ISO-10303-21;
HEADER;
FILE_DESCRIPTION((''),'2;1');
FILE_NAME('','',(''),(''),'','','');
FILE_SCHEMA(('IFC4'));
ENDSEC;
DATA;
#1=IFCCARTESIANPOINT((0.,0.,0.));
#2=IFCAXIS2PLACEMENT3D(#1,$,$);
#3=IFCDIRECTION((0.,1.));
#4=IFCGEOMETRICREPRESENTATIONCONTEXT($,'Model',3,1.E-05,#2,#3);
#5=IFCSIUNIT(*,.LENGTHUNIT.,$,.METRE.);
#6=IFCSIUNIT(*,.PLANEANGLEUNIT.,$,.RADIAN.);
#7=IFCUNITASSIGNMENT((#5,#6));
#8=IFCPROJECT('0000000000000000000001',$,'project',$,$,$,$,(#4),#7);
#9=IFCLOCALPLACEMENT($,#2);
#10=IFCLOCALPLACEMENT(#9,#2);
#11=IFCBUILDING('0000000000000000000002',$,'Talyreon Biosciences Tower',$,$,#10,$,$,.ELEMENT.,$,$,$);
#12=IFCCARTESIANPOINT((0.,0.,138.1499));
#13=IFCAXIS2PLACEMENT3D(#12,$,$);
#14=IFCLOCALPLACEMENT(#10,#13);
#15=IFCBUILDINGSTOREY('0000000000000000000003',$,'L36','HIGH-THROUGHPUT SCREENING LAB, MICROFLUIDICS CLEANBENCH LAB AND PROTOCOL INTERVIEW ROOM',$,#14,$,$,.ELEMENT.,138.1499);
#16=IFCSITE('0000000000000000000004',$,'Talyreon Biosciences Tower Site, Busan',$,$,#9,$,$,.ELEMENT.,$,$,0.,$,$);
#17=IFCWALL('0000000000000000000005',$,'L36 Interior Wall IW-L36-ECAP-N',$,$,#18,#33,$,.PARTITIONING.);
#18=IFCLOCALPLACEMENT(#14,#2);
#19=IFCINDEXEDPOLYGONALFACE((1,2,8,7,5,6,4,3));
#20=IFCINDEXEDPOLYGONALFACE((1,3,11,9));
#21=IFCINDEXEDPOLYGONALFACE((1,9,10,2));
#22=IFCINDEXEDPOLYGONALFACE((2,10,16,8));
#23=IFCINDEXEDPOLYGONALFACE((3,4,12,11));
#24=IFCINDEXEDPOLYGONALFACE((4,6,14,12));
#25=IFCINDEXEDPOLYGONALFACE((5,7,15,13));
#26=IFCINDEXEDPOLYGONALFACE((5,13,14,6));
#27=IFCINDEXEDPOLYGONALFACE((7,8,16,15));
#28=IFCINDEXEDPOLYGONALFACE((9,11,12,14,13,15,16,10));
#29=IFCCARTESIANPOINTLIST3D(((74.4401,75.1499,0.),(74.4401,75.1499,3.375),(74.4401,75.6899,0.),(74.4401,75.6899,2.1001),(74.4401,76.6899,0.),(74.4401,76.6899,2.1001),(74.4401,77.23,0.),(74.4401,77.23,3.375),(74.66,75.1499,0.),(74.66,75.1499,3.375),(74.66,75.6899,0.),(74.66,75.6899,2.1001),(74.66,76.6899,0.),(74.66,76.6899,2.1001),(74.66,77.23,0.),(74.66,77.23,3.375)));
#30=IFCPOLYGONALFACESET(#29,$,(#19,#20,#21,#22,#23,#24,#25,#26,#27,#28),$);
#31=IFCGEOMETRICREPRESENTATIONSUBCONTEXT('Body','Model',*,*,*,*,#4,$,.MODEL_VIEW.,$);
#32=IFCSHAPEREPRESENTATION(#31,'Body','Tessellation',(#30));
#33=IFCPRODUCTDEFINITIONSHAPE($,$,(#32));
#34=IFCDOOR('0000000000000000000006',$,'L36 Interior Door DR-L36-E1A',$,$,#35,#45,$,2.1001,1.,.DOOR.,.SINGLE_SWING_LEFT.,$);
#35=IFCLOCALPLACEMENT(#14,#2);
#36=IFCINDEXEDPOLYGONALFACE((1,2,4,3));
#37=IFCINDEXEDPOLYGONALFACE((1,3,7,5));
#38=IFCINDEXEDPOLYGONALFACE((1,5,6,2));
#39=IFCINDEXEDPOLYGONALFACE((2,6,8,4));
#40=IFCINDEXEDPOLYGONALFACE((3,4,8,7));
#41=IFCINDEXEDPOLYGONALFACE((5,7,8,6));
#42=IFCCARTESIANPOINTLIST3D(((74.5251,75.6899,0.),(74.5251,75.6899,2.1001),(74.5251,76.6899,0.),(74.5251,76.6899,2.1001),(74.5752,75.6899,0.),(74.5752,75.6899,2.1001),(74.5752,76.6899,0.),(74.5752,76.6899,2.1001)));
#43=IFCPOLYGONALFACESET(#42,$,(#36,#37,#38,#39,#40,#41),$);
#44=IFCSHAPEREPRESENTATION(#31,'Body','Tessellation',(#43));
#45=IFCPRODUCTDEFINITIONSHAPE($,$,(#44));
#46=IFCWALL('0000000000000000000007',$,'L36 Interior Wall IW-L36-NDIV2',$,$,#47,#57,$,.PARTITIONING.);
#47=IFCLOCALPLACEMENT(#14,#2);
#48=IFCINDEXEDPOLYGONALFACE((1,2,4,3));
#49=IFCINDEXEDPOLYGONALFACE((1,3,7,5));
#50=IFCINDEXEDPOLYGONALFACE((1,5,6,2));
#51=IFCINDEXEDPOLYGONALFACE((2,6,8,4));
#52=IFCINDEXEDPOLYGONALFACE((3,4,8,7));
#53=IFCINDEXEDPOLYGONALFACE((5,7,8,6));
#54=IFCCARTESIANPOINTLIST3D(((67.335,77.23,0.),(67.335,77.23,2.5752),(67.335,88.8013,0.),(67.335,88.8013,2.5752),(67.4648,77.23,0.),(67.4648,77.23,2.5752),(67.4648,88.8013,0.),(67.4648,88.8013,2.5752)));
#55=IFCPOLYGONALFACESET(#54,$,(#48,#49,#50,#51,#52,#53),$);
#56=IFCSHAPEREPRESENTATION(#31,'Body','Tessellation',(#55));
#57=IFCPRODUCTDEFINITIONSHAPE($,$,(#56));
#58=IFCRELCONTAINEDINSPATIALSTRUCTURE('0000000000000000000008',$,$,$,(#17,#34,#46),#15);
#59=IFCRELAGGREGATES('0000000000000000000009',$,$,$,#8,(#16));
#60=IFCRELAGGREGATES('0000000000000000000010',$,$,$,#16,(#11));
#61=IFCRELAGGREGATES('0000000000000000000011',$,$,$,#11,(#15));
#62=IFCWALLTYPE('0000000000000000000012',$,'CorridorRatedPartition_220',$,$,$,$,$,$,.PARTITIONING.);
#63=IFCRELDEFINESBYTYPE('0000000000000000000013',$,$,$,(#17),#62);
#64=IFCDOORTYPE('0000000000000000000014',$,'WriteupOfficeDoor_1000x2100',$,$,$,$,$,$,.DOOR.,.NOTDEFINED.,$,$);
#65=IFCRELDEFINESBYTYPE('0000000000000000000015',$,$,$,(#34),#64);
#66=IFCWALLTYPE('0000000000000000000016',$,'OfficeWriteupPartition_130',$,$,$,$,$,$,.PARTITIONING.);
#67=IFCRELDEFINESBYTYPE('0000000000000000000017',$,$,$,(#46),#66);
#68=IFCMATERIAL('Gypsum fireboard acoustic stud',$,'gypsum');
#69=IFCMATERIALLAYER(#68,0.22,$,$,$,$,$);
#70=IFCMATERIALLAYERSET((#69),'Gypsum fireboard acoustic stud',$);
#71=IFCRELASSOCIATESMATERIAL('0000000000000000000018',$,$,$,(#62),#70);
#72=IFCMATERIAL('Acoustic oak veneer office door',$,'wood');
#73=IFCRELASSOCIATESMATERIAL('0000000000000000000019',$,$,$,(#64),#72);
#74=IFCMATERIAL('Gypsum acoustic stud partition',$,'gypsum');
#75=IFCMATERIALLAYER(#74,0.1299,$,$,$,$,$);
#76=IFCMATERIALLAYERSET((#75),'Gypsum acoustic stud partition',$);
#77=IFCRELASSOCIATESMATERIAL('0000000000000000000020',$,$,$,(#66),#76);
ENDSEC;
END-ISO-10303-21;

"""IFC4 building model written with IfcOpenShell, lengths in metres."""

from ifc_helpers import new_model, si_unit, direction, frame, frame_2d, origin, place, context, subcontext, project, spatial, rectangle, extrude, material, layer, layer_set, type_object, element, fill, save


model = new_model("IFC4")

# Units and contexts
model_context = context("Model", 3, precision=1e-05, world=origin(), true_north=direction((0.0, 1.0)))
body_context = subcontext(model_context, "Body", "Model", "MODEL_VIEW")
ifc_project = project(units=[si_unit("LENGTHUNIT", "METRE"), si_unit("PLANEANGLEUNIT", "RADIAN")], contexts=[model_context])

# Site, building, storey
site_placement = place(None, origin())
site = spatial("IfcSite", under=ifc_project, at=site_placement, Name="Talyreon Biosciences Tower Site, Busan", CompositionType="ELEMENT", RefElevation=0.0)
building_placement = place(site_placement, origin())
building = spatial("IfcBuilding", under=site, at=building_placement, Name="Talyreon Biosciences Tower", CompositionType="ELEMENT")
storey_placement = place(building_placement, frame((0.0, 0.0, 138.1499)))
storey = spatial("IfcBuildingStorey", under=building, at=storey_placement, Name="L36", Description="HIGH-THROUGHPUT SCREENING LAB, MICROFLUIDICS CLEANBENCH LAB AND PROTOCOL INTERVIEW ROOM", CompositionType="ELEMENT", Elevation=138.1499)

# Wall, opening, door
ifc_material_1 = material(Name="Gypsum fireboard acoustic stud", Category="gypsum")
ifc_layer_1 = layer(ifc_material_1, 0.22)
ifc_layer_set_1 = layer_set([ifc_layer_1], Name="Gypsum fireboard acoustic stud")
wall_type_1 = type_object("IfcWallType", Name="CorridorRatedPartition_220", PredefinedType="PARTITIONING", material=ifc_layer_set_1)
wall_1_placement = place(storey_placement, frame((74.55, 75.1499, 0.0), z_axis=(0.0, 0.0, 1.0), x_axis=(0.0, 1.0, 0.0)))
wall_1 = element("IfcWall", 1, at=wall_1_placement, inside=storey, type_object=wall_type_1, Name="L36 Interior Wall IW-L36-ECAP-N", PredefinedType="PARTITIONING", context=body_context, shape_type="SweptSolid", body=[
    extrude(rectangle(XDim=2.0801, YDim=0.22, at=frame_2d((1.04, 0.0))), origin(), (0.0, 0.0, 1.0), 3.375),
])
opening_placement = place(wall_1_placement, frame((0.54, 0.0, 0.0)))
opening = element("IfcOpeningElement", 2, at=opening_placement, cuts=wall_1, PredefinedType="OPENING", context=body_context, shape_type="SweptSolid", body=[
    extrude(rectangle(XDim=1.0, YDim=2.1001, at=frame_2d((0.5, 1.05))), frame((0.0, 0.1199, 0.0), z_axis=(0.0, -1.0, 0.0), x_axis=(1.0, 0.0, 0.0)), (0.0, 0.0, 1.0), 0.24),
])
ifc_material_2 = material(Name="Acoustic oak veneer office door", Category="wood")
door_type = type_object("IfcDoorType", Name="WriteupOfficeDoor_1000x2100", OperationType="NOTDEFINED", PredefinedType="DOOR", material=ifc_material_2)
door_placement = place(opening_placement, origin())
door = element("IfcDoor", 3, at=door_placement, inside=storey, type_object=door_type, Name="L36 Interior Door DR-L36-E1A", OperationType="SINGLE_SWING_LEFT", OverallHeight=2.1001, OverallWidth=1.0, PredefinedType="DOOR", context=body_context, shape_type="SweptSolid", body=[
    extrude(rectangle(XDim=1.0, YDim=2.1001, at=frame_2d((0.5, 1.05))), frame((0.0, 0.0249, 0.0), z_axis=(0.0, -1.0, 0.0), x_axis=(1.0, 0.0, 0.0)), (0.0, 0.0, 1.0), 0.05),
])
fill(opening, door)

# Wall
ifc_material_3 = material(Name="Gypsum acoustic stud partition", Category="gypsum")
ifc_layer_2 = layer(ifc_material_3, 0.1299)
ifc_layer_set_2 = layer_set([ifc_layer_2], Name="Gypsum acoustic stud partition")
wall_type_2 = type_object("IfcWallType", Name="OfficeWriteupPartition_130", PredefinedType="PARTITIONING", material=ifc_layer_set_2)
wall_2_placement = place(storey_placement, frame((67.3999, 77.23, 0.0), z_axis=(0.0, 0.0, 1.0), x_axis=(0.0, 1.0, 0.0)))
element("IfcWall", 4, at=wall_2_placement, inside=storey, type_object=wall_type_2, Name="L36 Interior Wall IW-L36-NDIV2", PredefinedType="PARTITIONING", context=body_context, shape_type="SweptSolid", body=[
    extrude(rectangle(XDim=11.5713, YDim=0.1299, at=frame_2d((5.7856, 0.0))), origin(), (0.0, 0.0, 1.0), 2.5752),
])

save(model, "model.ifc")
